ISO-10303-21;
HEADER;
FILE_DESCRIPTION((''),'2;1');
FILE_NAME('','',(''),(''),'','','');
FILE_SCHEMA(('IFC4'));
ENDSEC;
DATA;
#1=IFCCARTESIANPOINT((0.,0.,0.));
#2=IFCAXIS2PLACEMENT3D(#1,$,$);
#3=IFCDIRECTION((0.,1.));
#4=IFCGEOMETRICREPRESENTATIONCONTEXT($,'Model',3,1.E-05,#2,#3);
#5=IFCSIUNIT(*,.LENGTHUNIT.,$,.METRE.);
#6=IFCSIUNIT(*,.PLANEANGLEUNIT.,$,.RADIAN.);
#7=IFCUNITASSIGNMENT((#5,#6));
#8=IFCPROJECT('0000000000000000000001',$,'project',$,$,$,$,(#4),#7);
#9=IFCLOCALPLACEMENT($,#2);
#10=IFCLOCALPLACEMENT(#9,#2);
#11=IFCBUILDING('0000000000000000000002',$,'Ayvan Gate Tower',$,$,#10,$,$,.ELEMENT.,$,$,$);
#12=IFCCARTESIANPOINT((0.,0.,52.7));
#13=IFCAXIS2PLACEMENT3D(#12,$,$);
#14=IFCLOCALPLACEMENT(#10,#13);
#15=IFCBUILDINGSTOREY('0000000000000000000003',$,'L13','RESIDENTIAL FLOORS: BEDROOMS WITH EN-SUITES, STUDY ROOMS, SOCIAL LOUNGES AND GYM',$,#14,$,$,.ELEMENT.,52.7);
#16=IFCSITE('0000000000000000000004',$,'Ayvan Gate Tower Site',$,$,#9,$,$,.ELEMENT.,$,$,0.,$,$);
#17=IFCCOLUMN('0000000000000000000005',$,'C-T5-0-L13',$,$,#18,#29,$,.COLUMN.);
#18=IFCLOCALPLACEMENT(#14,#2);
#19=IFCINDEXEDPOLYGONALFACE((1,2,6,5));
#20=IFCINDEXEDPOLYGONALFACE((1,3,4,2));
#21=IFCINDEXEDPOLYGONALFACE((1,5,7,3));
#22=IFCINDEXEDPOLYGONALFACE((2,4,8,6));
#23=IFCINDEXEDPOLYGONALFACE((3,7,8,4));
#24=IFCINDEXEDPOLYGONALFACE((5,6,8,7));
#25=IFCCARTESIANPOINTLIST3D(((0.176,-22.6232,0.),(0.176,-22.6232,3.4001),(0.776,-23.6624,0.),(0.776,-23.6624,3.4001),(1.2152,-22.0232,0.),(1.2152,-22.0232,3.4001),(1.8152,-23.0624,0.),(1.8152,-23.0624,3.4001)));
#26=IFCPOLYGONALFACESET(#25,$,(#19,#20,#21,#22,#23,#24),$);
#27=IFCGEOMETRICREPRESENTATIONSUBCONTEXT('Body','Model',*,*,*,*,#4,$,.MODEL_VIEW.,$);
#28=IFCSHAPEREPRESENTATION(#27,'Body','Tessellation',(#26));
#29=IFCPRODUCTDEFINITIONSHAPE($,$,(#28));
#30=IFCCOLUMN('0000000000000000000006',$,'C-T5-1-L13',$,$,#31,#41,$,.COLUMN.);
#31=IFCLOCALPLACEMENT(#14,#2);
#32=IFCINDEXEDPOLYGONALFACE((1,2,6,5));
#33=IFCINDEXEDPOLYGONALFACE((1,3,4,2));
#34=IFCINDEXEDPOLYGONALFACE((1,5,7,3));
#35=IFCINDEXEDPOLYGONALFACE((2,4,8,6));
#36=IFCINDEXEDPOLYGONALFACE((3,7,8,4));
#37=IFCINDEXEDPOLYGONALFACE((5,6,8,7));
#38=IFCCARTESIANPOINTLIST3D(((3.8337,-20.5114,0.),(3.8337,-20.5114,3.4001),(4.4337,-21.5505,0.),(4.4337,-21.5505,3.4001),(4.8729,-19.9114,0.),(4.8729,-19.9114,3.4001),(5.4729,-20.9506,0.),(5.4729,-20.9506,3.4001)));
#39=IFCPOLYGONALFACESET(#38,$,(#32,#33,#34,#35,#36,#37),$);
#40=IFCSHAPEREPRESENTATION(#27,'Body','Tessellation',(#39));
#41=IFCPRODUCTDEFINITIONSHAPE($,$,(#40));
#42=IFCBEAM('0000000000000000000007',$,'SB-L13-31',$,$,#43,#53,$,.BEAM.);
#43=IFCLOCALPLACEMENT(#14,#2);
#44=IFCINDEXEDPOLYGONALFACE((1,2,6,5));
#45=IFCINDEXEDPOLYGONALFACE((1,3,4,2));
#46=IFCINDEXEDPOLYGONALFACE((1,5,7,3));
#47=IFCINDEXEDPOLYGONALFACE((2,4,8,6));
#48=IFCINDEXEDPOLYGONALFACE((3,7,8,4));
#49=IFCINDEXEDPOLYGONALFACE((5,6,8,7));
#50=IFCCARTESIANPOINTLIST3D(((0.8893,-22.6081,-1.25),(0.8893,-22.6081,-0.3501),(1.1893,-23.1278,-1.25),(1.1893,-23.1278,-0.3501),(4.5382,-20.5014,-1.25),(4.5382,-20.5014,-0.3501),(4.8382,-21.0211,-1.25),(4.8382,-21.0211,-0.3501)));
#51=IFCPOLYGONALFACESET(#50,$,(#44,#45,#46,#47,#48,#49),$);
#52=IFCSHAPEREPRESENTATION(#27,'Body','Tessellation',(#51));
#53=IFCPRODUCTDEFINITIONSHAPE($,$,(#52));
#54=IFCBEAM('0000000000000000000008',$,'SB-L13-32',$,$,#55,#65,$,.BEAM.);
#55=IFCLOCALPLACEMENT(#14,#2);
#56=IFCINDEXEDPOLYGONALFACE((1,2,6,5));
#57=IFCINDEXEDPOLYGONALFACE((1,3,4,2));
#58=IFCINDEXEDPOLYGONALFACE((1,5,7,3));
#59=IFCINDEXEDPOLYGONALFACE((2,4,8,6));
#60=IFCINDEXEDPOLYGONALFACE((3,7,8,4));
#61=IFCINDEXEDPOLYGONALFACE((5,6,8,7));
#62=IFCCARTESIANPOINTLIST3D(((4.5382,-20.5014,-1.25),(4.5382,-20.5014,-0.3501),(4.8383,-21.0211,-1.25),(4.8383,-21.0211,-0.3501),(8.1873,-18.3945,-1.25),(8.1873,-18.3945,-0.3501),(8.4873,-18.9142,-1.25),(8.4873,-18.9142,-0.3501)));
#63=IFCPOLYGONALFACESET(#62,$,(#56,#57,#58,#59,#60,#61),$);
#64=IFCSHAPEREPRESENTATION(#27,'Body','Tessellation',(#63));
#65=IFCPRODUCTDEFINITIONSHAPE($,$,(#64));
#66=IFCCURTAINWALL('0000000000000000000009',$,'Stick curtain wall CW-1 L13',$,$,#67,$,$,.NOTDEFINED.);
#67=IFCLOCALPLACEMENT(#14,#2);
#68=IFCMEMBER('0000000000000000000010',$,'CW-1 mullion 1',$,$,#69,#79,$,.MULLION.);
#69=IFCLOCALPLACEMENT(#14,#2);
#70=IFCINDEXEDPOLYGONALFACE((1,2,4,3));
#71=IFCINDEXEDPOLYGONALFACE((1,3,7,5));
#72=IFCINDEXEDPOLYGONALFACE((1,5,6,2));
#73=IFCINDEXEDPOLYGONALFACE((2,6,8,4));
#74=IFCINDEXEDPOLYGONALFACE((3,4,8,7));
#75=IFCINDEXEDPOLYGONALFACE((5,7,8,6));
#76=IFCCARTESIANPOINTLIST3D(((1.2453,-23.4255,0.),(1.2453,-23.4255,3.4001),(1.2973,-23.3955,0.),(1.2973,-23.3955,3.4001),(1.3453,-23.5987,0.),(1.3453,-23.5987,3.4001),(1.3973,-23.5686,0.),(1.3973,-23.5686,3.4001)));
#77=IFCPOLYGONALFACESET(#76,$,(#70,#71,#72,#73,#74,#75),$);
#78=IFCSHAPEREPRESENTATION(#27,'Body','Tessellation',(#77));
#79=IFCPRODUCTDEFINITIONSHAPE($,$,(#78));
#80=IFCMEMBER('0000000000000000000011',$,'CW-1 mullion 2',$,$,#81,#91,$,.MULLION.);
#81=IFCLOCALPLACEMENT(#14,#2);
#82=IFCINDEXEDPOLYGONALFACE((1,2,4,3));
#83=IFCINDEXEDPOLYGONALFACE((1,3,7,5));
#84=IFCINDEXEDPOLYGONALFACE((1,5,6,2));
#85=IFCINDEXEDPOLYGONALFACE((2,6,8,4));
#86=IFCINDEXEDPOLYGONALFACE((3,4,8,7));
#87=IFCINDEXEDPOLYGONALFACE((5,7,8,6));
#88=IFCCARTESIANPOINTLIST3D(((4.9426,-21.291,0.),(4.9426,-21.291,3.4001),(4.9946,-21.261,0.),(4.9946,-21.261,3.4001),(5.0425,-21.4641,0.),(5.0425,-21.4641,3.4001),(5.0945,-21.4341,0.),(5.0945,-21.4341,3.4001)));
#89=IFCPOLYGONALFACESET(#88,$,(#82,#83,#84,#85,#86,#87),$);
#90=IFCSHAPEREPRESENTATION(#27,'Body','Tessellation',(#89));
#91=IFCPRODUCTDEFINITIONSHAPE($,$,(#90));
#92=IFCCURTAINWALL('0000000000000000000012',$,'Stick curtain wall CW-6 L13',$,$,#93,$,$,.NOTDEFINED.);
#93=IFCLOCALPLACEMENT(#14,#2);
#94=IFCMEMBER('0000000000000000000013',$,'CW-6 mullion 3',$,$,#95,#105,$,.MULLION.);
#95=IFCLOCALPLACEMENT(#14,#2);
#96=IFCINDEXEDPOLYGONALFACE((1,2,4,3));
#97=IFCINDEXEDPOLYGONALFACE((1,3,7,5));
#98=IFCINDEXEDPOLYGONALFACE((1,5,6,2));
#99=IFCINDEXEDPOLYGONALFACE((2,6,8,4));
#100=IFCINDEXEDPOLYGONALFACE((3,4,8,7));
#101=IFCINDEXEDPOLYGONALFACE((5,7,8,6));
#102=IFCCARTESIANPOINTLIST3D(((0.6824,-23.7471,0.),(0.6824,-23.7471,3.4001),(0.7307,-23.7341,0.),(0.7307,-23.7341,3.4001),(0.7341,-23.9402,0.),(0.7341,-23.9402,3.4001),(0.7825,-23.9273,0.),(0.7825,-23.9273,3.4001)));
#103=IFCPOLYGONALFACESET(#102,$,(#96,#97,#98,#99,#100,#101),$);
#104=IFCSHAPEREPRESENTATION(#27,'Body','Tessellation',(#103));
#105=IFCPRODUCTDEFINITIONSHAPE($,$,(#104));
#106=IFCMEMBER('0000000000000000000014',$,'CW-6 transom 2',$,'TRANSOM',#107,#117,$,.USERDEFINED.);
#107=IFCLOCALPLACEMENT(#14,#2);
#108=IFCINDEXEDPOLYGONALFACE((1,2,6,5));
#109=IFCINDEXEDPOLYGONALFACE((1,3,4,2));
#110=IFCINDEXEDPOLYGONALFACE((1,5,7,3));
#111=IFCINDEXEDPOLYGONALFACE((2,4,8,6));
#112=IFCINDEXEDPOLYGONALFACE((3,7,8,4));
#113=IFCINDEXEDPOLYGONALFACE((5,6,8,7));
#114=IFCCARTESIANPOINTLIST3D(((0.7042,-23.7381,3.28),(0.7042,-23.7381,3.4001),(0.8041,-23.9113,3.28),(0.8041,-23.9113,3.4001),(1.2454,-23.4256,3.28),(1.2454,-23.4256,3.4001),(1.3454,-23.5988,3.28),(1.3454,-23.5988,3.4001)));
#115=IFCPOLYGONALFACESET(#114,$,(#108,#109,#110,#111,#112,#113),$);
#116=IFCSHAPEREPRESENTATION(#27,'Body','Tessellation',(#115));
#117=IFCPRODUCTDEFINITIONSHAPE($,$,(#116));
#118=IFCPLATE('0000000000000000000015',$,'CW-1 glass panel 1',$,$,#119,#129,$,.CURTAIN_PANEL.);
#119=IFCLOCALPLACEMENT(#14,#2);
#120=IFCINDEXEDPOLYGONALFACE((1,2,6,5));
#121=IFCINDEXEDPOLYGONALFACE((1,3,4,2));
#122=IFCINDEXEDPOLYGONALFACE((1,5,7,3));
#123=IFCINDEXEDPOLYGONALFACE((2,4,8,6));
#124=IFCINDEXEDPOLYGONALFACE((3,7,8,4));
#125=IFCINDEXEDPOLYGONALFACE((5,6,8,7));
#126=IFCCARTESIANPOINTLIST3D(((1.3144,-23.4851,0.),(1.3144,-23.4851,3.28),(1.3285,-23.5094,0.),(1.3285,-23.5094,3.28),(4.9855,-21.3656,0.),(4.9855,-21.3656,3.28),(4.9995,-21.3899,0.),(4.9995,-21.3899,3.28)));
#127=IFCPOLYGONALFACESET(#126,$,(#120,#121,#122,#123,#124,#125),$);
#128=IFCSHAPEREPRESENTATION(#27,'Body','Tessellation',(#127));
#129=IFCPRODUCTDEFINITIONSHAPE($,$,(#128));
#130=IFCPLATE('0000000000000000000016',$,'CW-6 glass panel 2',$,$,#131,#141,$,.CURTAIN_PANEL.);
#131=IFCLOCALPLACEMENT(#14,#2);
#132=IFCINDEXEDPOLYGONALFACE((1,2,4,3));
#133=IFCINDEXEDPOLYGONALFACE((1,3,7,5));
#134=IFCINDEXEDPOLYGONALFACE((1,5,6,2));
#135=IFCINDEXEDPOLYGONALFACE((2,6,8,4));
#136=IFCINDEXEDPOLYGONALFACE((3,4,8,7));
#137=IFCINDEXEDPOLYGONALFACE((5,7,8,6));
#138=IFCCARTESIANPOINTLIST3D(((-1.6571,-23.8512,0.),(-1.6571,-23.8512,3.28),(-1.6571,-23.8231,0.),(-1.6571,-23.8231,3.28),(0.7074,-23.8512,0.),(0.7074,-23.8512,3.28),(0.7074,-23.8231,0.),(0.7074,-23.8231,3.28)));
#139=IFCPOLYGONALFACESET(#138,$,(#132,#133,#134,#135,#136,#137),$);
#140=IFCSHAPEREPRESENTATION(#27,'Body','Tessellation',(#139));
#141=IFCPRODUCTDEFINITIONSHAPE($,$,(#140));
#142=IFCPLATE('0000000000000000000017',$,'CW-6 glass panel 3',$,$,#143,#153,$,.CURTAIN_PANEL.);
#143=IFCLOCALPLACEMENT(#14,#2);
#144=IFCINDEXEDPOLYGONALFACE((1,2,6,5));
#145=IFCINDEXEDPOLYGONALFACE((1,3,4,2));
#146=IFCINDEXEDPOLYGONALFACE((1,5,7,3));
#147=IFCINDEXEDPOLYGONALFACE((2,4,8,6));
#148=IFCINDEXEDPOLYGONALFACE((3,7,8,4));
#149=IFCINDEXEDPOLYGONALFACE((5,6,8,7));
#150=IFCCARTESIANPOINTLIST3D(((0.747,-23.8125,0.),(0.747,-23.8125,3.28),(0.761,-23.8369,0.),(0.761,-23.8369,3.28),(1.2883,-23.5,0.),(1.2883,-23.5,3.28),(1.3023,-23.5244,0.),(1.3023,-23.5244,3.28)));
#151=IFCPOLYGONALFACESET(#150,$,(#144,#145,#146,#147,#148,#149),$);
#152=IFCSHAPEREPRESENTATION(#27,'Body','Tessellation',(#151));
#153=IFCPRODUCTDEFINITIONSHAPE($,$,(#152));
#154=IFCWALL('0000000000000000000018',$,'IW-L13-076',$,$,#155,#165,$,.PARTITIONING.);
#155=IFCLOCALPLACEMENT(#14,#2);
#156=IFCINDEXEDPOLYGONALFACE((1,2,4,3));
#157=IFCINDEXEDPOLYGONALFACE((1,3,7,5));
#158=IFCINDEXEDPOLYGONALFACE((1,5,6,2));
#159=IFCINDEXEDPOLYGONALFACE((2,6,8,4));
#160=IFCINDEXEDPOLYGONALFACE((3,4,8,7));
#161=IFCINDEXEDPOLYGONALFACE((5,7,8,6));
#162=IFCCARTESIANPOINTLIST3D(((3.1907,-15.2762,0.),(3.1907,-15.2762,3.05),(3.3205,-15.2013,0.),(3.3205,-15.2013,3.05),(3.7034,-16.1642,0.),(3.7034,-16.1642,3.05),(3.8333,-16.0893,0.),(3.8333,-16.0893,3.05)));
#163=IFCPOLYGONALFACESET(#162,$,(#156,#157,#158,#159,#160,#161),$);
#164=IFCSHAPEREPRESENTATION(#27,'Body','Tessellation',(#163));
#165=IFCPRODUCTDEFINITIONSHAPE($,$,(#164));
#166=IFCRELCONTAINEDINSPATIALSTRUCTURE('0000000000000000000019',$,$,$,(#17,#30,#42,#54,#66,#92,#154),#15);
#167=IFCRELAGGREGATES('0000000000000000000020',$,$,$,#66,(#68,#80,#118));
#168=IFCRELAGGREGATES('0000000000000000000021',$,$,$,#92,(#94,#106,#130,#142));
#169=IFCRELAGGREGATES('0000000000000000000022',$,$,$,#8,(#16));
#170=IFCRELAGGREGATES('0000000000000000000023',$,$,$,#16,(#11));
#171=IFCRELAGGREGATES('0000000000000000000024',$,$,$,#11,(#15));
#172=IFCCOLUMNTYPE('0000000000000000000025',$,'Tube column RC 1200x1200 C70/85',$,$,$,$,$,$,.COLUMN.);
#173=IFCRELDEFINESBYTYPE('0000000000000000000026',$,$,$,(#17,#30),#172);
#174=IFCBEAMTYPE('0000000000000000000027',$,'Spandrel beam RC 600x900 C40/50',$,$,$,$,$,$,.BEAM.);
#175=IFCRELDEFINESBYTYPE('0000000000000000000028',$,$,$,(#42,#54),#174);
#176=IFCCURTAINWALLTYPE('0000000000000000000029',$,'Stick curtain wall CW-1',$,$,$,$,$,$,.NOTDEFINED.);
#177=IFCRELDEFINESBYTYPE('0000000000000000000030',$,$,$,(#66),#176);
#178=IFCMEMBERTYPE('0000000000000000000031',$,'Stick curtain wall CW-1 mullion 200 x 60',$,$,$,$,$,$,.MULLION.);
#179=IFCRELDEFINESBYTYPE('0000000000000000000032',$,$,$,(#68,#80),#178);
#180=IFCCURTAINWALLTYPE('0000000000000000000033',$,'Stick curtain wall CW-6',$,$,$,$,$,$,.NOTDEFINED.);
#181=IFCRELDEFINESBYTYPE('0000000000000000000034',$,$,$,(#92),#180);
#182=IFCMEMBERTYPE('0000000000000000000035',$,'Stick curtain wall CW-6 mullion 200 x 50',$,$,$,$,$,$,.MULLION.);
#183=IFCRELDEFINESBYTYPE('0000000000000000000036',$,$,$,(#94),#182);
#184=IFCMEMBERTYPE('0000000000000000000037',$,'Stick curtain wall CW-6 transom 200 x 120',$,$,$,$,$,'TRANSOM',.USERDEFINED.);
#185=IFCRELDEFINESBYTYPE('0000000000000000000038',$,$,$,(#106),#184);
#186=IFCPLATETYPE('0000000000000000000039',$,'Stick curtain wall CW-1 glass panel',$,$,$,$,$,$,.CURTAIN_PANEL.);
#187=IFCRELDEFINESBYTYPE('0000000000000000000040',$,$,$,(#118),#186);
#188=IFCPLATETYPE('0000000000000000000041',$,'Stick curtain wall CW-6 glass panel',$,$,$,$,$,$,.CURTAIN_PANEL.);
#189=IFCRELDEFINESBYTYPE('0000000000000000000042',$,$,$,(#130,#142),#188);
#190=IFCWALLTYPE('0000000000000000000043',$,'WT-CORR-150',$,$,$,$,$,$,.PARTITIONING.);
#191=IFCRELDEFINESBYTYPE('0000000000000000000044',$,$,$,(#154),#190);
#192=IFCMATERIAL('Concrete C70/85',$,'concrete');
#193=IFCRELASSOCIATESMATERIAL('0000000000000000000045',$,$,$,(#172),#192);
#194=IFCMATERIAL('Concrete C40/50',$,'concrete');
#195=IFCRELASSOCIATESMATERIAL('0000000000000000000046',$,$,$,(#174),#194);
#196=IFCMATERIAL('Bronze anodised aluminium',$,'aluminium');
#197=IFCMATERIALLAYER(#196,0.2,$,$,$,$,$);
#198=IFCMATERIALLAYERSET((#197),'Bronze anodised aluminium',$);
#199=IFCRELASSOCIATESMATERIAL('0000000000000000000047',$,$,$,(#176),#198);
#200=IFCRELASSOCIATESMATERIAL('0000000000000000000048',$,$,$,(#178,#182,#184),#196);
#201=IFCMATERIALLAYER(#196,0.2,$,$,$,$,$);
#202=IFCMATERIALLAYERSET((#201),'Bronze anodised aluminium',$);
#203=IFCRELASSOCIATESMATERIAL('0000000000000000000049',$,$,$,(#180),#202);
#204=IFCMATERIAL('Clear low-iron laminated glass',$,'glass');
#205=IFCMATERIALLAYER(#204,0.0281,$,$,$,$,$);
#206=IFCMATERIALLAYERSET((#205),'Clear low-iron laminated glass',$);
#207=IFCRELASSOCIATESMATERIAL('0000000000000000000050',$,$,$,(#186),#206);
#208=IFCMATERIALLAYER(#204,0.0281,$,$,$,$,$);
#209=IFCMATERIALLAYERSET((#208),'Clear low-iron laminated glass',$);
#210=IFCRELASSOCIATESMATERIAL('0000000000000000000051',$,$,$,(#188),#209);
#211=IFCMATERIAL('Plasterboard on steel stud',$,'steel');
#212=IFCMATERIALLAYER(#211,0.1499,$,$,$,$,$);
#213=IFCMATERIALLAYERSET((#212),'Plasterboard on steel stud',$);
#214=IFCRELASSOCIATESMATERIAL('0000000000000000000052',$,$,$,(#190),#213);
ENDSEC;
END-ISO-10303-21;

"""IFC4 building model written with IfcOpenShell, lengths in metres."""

from ifc_helpers import new_model, si_unit, direction, frame, frame_2d, origin, origin_2d, place, context, subcontext, project, spatial, rectangle, extrude, material, layer, layer_set, material_profile, profile_set, type_object, element, aggregate, save


model = new_model("IFC4")

# Units and contexts
model_context = context("Model", 3, precision=1e-05, world=origin(), true_north=direction((0.0, 1.0)))
body_context = subcontext(model_context, "Body", "Model", "MODEL_VIEW")
ifc_project = project(units=[si_unit("LENGTHUNIT", "METRE"), si_unit("PLANEANGLEUNIT", "RADIAN")], contexts=[model_context])

# Site, building, storey
site_placement = place(None, origin())
site = spatial("IfcSite", under=ifc_project, at=site_placement, Name="Ayvan Gate Tower Site", CompositionType="ELEMENT", RefElevation=0.0)
building_placement = place(site_placement, origin())
building = spatial("IfcBuilding", under=site, at=building_placement, Name="Ayvan Gate Tower", CompositionType="ELEMENT")
storey_placement = place(building_placement, frame((0.0, 0.0, 52.7)))
storey = spatial("IfcBuildingStorey", under=building, at=storey_placement, Name="L13", Description="RESIDENTIAL FLOORS: BEDROOMS WITH EN-SUITES, STUDY ROOMS, SOCIAL LOUNGES AND GYM", CompositionType="ELEMENT", Elevation=52.7)

# Columns
ifc_material_1 = material(Name="Concrete C70/85", Category="concrete")
ifc_material_profile_1 = material_profile(ifc_material_1, rectangle(XDim=1.2, YDim=1.2, at=origin_2d()), Name="RC 1200x1200")
ifc_profile_set_1 = profile_set([ifc_material_profile_1], Name="Concrete C70/85")
column_type = type_object("IfcColumnType", Name="Tube column RC 1200x1200 C70/85", PredefinedType="COLUMN", material=ifc_profile_set_1)
for number, where, z_axis, x_axis, name in (
    (1, (0.9956, -22.8428, 0.0), (0.0, 0.0, 1.0), (0.5, -0.866025, 0.0), "C-T5-0-L13"),
    (2, (4.6533, -20.731, 0.0), (0.0, 0.0, 1.0), (0.5, -0.866025, 0.0), "C-T5-1-L13"),
):
    element("IfcColumn", number, at=place(storey_placement, frame(where, z_axis=z_axis, x_axis=x_axis)), inside=storey, type_object=column_type, Name=name, PredefinedType="COLUMN", context=body_context, shape_type="SweptSolid", body=[
        extrude(rectangle(XDim=1.2, YDim=1.2, at=origin_2d()), origin(), (0.0, 0.0, 1.0), 3.4001),
    ])

# Beams
ifc_material_2 = material(Name="Concrete C40/50", Category="concrete")
ifc_material_profile_2 = material_profile(ifc_material_2, rectangle(XDim=0.6001, YDim=0.8999, at=origin_2d()), Name="RC 600x900")
ifc_profile_set_2 = profile_set([ifc_material_profile_2], Name="Concrete C40/50")
beam_type = type_object("IfcBeamType", Name="Spandrel beam RC 600x900 C40/50", PredefinedType="BEAM", material=ifc_profile_set_2)
beam_1_placement = place(storey_placement, frame((1.0393, -22.8679, -0.8), z_axis=(0.866027, 0.499997, 0.0), x_axis=(-0.499997, 0.866027, 0.0)))
element("IfcBeam", 3, at=beam_1_placement, inside=storey, type_object=beam_type, Name="SB-L13-31", PredefinedType="BEAM", context=body_context, shape_type="SweptSolid", body=[
    extrude(rectangle(XDim=0.6001, YDim=0.8999, at=origin_2d()), origin(), (0.0, 0.0, 1.0), 4.2134),
])
beam_2_placement = place(storey_placement, frame((4.6882, -20.7612, -0.8), z_axis=(0.866017, 0.500015, 0.0), x_axis=(-0.500015, 0.866017, 0.0)))
element("IfcBeam", 4, at=beam_2_placement, inside=storey, type_object=beam_type, Name="SB-L13-32", PredefinedType="BEAM", context=body_context, shape_type="SweptSolid", body=[
    extrude(rectangle(XDim=0.6001, YDim=0.8999, at=origin_2d()), origin(), (0.0, 0.0, 1.0), 4.2136),
])

# Curtain walls, members
ifc_material_3 = material(Name="Bronze anodised aluminium", Category="aluminium")
ifc_layer_1 = layer(ifc_material_3, 0.2)
ifc_layer_set_1 = layer_set([ifc_layer_1], Name="Bronze anodised aluminium")
curtain_wall_type_1 = type_object("IfcCurtainWallType", Name="Stick curtain wall CW-1", PredefinedType="NOTDEFINED", material=ifc_layer_set_1)
curtain_wall_1_placement = place(storey_placement, origin())
curtain_wall_1 = element("IfcCurtainWall", 5, at=curtain_wall_1_placement, inside=storey, type_object=curtain_wall_type_1, Name="Stick curtain wall CW-1 L13", PredefinedType="NOTDEFINED")
ifc_material_profile_3 = material_profile(ifc_material_3, rectangle(XDim=0.2, YDim=0.0601, at=origin_2d()), Name="Stick curtain wall CW-1 mullion 200 x 60")
ifc_profile_set_3 = profile_set([ifc_material_profile_3], Name="Bronze anodised aluminium")
member_type_1 = type_object("IfcMemberType", Name="Stick curtain wall CW-1 mullion 200 x 60", PredefinedType="MULLION", material=ifc_profile_set_3)
member_1_placement = place(storey_placement, frame((1.3213, -23.4971, 0.0), z_axis=(0.0, 0.0, 1.0), x_axis=(0.5, -0.866025, 0.0)))
member_1 = element("IfcMember", 6, at=member_1_placement, type_object=member_type_1, Name="CW-1 mullion 1", PredefinedType="MULLION", context=body_context, shape_type="SweptSolid", body=[
    extrude(rectangle(XDim=0.2, YDim=0.0601, at=origin_2d()), origin(), (0.0, 0.0, 1.0), 3.4001),
])
member_2_placement = place(storey_placement, frame((5.0186, -21.3625, 0.0), z_axis=(0.0, 0.0, 1.0), x_axis=(0.5, -0.866025, 0.0)))
member_2 = element("IfcMember", 7, at=member_2_placement, type_object=member_type_1, Name="CW-1 mullion 2", PredefinedType="MULLION", context=body_context, shape_type="SweptSolid", body=[
    extrude(rectangle(XDim=0.2, YDim=0.0601, at=origin_2d()), origin(), (0.0, 0.0, 1.0), 3.4001),
])
ifc_layer_2 = layer(ifc_material_3, 0.2)
ifc_layer_set_2 = layer_set([ifc_layer_2], Name="Bronze anodised aluminium")
curtain_wall_type_2 = type_object("IfcCurtainWallType", Name="Stick curtain wall CW-6", PredefinedType="NOTDEFINED", material=ifc_layer_set_2)
curtain_wall_2_placement = place(storey_placement, origin())
curtain_wall_2 = element("IfcCurtainWall", 8, at=curtain_wall_2_placement, inside=storey, type_object=curtain_wall_type_2, Name="Stick curtain wall CW-6 L13", PredefinedType="NOTDEFINED")
ifc_material_profile_4 = material_profile(ifc_material_3, rectangle(XDim=0.2, YDim=0.05, at=origin_2d()), Name="Stick curtain wall CW-6 mullion 200 x 50")
ifc_profile_set_4 = profile_set([ifc_material_profile_4], Name="Bronze anodised aluminium")
member_type_2 = type_object("IfcMemberType", Name="Stick curtain wall CW-6 mullion 200 x 50", PredefinedType="MULLION", material=ifc_profile_set_4)
member_3_placement = place(storey_placement, frame((0.7324, -23.8372, 0.0), z_axis=(0.0, 0.0, 1.0), x_axis=(0.258819, -0.965926, 0.0)))
member_3 = element("IfcMember", 9, at=member_3_placement, type_object=member_type_2, Name="CW-6 mullion 3", PredefinedType="MULLION", context=body_context, shape_type="SweptSolid", body=[
    extrude(rectangle(XDim=0.2, YDim=0.05, at=origin_2d()), origin(), (0.0, 0.0, 1.0), 3.4001),
])
ifc_material_profile_5 = material_profile(ifc_material_3, rectangle(XDim=0.2, YDim=0.1201, at=origin_2d()), Name="Stick curtain wall CW-6 transom 200 x 120")
ifc_profile_set_5 = profile_set([ifc_material_profile_5], Name="Bronze anodised aluminium")
member_type_3 = type_object("IfcMemberType", Name="Stick curtain wall CW-6 transom 200 x 120", ElementType="TRANSOM", PredefinedType="USERDEFINED", material=ifc_profile_set_5)
member_4_placement = place(storey_placement, frame((0.7542, -23.8247, 3.3401), z_axis=(0.866023, 0.500004, 0.0), x_axis=(-0.500004, 0.866023, 0.0)))
member_4 = element("IfcMember", 10, at=member_4_placement, type_object=member_type_3, Name="CW-6 transom 2", ObjectType="TRANSOM", PredefinedType="USERDEFINED", context=body_context, shape_type="SweptSolid", body=[
    extrude(rectangle(XDim=0.2, YDim=0.1201, at=origin_2d()), origin(), (0.0, 0.0, 1.0), 0.625),
])

# Plates
ifc_material_4 = material(Name="Clear low-iron laminated glass", Category="glass")
ifc_layer_3 = layer(ifc_material_4, 0.0281)
ifc_layer_set_3 = layer_set([ifc_layer_3], Name="Clear low-iron laminated glass")
plate_type_1 = type_object("IfcPlateType", Name="Stick curtain wall CW-1 glass panel", PredefinedType="CURTAIN_PANEL", material=ifc_layer_set_3)
plate_1_placement = place(storey_placement, frame((3.157, -22.4375, 0.0), z_axis=(0.0, 0.0, 1.0), x_axis=(0.866025, 0.5, 0.0)))
plate_1 = element("IfcPlate", 11, at=plate_1_placement, type_object=plate_type_1, Name="CW-1 glass panel 1", PredefinedType="CURTAIN_PANEL", context=body_context, shape_type="SweptSolid", body=[
    extrude(rectangle(XDim=4.239, YDim=0.0281, at=origin_2d()), origin(), (0.0, 0.0, 1.0), 3.28),
])
aggregate(curtain_wall_1, [member_1, member_2, plate_1])
ifc_layer_4 = layer(ifc_material_4, 0.0281)
ifc_layer_set_4 = layer_set([ifc_layer_4], Name="Clear low-iron laminated glass")
plate_type_2 = type_object("IfcPlateType", Name="Stick curtain wall CW-6 glass panel", PredefinedType="CURTAIN_PANEL", material=ifc_layer_set_4)
plate_2_placement = place(storey_placement, frame((-0.4749, -23.8372, 0.0), z_axis=(0.0, 0.0, 1.0), x_axis=(1.0, 0.0, 0.0)))
plate_2 = element("IfcPlate", 12, at=plate_2_placement, type_object=plate_type_2, Name="CW-6 glass panel 2", PredefinedType="CURTAIN_PANEL", context=body_context, shape_type="SweptSolid", body=[
    extrude(rectangle(XDim=2.3645, YDim=0.0281, at=origin_2d()), origin(), (0.0, 0.0, 1.0), 3.28),
])
plate_3_placement = place(storey_placement, frame((1.0247, -23.6685, 0.0), z_axis=(0.0, 0.0, 1.0), x_axis=(0.866025, 0.5, 0.0)))
plate_3 = element("IfcPlate", 13, at=plate_3_placement, type_object=plate_type_2, Name="CW-6 glass panel 3", PredefinedType="CURTAIN_PANEL", context=body_context, shape_type="SweptSolid", body=[
    extrude(rectangle(XDim=0.625, YDim=0.0281, at=origin_2d()), origin(), (0.0, 0.0, 1.0), 3.28),
])
aggregate(curtain_wall_2, [member_3, member_4, plate_2, plate_3])

# Wall
ifc_material_5 = material(Name="Plasterboard on steel stud", Category="steel")
ifc_layer_5 = layer(ifc_material_5, 0.1499)
ifc_layer_set_5 = layer_set([ifc_layer_5], Name="Plasterboard on steel stud")
wall_type_1 = type_object("IfcWallType", Name="WT-CORR-150", PredefinedType="PARTITIONING", material=ifc_layer_set_5)
wall_1_placement = place(storey_placement, frame((3.2556, -15.2388, 0.0), z_axis=(0.0, 0.0, 1.0), x_axis=(0.500032, -0.866007, 0.0)))
element("IfcWall", 14, at=wall_1_placement, inside=storey, type_object=wall_type_1, Name="IW-L13-076", PredefinedType="PARTITIONING", context=body_context, shape_type="SweptSolid", body=[
    extrude(rectangle(XDim=1.0254, YDim=0.1499, at=frame_2d((0.5127, 0.0))), origin(), (0.0, 0.0, 1.0), 3.05),
])

save(model, "model.ifc")
